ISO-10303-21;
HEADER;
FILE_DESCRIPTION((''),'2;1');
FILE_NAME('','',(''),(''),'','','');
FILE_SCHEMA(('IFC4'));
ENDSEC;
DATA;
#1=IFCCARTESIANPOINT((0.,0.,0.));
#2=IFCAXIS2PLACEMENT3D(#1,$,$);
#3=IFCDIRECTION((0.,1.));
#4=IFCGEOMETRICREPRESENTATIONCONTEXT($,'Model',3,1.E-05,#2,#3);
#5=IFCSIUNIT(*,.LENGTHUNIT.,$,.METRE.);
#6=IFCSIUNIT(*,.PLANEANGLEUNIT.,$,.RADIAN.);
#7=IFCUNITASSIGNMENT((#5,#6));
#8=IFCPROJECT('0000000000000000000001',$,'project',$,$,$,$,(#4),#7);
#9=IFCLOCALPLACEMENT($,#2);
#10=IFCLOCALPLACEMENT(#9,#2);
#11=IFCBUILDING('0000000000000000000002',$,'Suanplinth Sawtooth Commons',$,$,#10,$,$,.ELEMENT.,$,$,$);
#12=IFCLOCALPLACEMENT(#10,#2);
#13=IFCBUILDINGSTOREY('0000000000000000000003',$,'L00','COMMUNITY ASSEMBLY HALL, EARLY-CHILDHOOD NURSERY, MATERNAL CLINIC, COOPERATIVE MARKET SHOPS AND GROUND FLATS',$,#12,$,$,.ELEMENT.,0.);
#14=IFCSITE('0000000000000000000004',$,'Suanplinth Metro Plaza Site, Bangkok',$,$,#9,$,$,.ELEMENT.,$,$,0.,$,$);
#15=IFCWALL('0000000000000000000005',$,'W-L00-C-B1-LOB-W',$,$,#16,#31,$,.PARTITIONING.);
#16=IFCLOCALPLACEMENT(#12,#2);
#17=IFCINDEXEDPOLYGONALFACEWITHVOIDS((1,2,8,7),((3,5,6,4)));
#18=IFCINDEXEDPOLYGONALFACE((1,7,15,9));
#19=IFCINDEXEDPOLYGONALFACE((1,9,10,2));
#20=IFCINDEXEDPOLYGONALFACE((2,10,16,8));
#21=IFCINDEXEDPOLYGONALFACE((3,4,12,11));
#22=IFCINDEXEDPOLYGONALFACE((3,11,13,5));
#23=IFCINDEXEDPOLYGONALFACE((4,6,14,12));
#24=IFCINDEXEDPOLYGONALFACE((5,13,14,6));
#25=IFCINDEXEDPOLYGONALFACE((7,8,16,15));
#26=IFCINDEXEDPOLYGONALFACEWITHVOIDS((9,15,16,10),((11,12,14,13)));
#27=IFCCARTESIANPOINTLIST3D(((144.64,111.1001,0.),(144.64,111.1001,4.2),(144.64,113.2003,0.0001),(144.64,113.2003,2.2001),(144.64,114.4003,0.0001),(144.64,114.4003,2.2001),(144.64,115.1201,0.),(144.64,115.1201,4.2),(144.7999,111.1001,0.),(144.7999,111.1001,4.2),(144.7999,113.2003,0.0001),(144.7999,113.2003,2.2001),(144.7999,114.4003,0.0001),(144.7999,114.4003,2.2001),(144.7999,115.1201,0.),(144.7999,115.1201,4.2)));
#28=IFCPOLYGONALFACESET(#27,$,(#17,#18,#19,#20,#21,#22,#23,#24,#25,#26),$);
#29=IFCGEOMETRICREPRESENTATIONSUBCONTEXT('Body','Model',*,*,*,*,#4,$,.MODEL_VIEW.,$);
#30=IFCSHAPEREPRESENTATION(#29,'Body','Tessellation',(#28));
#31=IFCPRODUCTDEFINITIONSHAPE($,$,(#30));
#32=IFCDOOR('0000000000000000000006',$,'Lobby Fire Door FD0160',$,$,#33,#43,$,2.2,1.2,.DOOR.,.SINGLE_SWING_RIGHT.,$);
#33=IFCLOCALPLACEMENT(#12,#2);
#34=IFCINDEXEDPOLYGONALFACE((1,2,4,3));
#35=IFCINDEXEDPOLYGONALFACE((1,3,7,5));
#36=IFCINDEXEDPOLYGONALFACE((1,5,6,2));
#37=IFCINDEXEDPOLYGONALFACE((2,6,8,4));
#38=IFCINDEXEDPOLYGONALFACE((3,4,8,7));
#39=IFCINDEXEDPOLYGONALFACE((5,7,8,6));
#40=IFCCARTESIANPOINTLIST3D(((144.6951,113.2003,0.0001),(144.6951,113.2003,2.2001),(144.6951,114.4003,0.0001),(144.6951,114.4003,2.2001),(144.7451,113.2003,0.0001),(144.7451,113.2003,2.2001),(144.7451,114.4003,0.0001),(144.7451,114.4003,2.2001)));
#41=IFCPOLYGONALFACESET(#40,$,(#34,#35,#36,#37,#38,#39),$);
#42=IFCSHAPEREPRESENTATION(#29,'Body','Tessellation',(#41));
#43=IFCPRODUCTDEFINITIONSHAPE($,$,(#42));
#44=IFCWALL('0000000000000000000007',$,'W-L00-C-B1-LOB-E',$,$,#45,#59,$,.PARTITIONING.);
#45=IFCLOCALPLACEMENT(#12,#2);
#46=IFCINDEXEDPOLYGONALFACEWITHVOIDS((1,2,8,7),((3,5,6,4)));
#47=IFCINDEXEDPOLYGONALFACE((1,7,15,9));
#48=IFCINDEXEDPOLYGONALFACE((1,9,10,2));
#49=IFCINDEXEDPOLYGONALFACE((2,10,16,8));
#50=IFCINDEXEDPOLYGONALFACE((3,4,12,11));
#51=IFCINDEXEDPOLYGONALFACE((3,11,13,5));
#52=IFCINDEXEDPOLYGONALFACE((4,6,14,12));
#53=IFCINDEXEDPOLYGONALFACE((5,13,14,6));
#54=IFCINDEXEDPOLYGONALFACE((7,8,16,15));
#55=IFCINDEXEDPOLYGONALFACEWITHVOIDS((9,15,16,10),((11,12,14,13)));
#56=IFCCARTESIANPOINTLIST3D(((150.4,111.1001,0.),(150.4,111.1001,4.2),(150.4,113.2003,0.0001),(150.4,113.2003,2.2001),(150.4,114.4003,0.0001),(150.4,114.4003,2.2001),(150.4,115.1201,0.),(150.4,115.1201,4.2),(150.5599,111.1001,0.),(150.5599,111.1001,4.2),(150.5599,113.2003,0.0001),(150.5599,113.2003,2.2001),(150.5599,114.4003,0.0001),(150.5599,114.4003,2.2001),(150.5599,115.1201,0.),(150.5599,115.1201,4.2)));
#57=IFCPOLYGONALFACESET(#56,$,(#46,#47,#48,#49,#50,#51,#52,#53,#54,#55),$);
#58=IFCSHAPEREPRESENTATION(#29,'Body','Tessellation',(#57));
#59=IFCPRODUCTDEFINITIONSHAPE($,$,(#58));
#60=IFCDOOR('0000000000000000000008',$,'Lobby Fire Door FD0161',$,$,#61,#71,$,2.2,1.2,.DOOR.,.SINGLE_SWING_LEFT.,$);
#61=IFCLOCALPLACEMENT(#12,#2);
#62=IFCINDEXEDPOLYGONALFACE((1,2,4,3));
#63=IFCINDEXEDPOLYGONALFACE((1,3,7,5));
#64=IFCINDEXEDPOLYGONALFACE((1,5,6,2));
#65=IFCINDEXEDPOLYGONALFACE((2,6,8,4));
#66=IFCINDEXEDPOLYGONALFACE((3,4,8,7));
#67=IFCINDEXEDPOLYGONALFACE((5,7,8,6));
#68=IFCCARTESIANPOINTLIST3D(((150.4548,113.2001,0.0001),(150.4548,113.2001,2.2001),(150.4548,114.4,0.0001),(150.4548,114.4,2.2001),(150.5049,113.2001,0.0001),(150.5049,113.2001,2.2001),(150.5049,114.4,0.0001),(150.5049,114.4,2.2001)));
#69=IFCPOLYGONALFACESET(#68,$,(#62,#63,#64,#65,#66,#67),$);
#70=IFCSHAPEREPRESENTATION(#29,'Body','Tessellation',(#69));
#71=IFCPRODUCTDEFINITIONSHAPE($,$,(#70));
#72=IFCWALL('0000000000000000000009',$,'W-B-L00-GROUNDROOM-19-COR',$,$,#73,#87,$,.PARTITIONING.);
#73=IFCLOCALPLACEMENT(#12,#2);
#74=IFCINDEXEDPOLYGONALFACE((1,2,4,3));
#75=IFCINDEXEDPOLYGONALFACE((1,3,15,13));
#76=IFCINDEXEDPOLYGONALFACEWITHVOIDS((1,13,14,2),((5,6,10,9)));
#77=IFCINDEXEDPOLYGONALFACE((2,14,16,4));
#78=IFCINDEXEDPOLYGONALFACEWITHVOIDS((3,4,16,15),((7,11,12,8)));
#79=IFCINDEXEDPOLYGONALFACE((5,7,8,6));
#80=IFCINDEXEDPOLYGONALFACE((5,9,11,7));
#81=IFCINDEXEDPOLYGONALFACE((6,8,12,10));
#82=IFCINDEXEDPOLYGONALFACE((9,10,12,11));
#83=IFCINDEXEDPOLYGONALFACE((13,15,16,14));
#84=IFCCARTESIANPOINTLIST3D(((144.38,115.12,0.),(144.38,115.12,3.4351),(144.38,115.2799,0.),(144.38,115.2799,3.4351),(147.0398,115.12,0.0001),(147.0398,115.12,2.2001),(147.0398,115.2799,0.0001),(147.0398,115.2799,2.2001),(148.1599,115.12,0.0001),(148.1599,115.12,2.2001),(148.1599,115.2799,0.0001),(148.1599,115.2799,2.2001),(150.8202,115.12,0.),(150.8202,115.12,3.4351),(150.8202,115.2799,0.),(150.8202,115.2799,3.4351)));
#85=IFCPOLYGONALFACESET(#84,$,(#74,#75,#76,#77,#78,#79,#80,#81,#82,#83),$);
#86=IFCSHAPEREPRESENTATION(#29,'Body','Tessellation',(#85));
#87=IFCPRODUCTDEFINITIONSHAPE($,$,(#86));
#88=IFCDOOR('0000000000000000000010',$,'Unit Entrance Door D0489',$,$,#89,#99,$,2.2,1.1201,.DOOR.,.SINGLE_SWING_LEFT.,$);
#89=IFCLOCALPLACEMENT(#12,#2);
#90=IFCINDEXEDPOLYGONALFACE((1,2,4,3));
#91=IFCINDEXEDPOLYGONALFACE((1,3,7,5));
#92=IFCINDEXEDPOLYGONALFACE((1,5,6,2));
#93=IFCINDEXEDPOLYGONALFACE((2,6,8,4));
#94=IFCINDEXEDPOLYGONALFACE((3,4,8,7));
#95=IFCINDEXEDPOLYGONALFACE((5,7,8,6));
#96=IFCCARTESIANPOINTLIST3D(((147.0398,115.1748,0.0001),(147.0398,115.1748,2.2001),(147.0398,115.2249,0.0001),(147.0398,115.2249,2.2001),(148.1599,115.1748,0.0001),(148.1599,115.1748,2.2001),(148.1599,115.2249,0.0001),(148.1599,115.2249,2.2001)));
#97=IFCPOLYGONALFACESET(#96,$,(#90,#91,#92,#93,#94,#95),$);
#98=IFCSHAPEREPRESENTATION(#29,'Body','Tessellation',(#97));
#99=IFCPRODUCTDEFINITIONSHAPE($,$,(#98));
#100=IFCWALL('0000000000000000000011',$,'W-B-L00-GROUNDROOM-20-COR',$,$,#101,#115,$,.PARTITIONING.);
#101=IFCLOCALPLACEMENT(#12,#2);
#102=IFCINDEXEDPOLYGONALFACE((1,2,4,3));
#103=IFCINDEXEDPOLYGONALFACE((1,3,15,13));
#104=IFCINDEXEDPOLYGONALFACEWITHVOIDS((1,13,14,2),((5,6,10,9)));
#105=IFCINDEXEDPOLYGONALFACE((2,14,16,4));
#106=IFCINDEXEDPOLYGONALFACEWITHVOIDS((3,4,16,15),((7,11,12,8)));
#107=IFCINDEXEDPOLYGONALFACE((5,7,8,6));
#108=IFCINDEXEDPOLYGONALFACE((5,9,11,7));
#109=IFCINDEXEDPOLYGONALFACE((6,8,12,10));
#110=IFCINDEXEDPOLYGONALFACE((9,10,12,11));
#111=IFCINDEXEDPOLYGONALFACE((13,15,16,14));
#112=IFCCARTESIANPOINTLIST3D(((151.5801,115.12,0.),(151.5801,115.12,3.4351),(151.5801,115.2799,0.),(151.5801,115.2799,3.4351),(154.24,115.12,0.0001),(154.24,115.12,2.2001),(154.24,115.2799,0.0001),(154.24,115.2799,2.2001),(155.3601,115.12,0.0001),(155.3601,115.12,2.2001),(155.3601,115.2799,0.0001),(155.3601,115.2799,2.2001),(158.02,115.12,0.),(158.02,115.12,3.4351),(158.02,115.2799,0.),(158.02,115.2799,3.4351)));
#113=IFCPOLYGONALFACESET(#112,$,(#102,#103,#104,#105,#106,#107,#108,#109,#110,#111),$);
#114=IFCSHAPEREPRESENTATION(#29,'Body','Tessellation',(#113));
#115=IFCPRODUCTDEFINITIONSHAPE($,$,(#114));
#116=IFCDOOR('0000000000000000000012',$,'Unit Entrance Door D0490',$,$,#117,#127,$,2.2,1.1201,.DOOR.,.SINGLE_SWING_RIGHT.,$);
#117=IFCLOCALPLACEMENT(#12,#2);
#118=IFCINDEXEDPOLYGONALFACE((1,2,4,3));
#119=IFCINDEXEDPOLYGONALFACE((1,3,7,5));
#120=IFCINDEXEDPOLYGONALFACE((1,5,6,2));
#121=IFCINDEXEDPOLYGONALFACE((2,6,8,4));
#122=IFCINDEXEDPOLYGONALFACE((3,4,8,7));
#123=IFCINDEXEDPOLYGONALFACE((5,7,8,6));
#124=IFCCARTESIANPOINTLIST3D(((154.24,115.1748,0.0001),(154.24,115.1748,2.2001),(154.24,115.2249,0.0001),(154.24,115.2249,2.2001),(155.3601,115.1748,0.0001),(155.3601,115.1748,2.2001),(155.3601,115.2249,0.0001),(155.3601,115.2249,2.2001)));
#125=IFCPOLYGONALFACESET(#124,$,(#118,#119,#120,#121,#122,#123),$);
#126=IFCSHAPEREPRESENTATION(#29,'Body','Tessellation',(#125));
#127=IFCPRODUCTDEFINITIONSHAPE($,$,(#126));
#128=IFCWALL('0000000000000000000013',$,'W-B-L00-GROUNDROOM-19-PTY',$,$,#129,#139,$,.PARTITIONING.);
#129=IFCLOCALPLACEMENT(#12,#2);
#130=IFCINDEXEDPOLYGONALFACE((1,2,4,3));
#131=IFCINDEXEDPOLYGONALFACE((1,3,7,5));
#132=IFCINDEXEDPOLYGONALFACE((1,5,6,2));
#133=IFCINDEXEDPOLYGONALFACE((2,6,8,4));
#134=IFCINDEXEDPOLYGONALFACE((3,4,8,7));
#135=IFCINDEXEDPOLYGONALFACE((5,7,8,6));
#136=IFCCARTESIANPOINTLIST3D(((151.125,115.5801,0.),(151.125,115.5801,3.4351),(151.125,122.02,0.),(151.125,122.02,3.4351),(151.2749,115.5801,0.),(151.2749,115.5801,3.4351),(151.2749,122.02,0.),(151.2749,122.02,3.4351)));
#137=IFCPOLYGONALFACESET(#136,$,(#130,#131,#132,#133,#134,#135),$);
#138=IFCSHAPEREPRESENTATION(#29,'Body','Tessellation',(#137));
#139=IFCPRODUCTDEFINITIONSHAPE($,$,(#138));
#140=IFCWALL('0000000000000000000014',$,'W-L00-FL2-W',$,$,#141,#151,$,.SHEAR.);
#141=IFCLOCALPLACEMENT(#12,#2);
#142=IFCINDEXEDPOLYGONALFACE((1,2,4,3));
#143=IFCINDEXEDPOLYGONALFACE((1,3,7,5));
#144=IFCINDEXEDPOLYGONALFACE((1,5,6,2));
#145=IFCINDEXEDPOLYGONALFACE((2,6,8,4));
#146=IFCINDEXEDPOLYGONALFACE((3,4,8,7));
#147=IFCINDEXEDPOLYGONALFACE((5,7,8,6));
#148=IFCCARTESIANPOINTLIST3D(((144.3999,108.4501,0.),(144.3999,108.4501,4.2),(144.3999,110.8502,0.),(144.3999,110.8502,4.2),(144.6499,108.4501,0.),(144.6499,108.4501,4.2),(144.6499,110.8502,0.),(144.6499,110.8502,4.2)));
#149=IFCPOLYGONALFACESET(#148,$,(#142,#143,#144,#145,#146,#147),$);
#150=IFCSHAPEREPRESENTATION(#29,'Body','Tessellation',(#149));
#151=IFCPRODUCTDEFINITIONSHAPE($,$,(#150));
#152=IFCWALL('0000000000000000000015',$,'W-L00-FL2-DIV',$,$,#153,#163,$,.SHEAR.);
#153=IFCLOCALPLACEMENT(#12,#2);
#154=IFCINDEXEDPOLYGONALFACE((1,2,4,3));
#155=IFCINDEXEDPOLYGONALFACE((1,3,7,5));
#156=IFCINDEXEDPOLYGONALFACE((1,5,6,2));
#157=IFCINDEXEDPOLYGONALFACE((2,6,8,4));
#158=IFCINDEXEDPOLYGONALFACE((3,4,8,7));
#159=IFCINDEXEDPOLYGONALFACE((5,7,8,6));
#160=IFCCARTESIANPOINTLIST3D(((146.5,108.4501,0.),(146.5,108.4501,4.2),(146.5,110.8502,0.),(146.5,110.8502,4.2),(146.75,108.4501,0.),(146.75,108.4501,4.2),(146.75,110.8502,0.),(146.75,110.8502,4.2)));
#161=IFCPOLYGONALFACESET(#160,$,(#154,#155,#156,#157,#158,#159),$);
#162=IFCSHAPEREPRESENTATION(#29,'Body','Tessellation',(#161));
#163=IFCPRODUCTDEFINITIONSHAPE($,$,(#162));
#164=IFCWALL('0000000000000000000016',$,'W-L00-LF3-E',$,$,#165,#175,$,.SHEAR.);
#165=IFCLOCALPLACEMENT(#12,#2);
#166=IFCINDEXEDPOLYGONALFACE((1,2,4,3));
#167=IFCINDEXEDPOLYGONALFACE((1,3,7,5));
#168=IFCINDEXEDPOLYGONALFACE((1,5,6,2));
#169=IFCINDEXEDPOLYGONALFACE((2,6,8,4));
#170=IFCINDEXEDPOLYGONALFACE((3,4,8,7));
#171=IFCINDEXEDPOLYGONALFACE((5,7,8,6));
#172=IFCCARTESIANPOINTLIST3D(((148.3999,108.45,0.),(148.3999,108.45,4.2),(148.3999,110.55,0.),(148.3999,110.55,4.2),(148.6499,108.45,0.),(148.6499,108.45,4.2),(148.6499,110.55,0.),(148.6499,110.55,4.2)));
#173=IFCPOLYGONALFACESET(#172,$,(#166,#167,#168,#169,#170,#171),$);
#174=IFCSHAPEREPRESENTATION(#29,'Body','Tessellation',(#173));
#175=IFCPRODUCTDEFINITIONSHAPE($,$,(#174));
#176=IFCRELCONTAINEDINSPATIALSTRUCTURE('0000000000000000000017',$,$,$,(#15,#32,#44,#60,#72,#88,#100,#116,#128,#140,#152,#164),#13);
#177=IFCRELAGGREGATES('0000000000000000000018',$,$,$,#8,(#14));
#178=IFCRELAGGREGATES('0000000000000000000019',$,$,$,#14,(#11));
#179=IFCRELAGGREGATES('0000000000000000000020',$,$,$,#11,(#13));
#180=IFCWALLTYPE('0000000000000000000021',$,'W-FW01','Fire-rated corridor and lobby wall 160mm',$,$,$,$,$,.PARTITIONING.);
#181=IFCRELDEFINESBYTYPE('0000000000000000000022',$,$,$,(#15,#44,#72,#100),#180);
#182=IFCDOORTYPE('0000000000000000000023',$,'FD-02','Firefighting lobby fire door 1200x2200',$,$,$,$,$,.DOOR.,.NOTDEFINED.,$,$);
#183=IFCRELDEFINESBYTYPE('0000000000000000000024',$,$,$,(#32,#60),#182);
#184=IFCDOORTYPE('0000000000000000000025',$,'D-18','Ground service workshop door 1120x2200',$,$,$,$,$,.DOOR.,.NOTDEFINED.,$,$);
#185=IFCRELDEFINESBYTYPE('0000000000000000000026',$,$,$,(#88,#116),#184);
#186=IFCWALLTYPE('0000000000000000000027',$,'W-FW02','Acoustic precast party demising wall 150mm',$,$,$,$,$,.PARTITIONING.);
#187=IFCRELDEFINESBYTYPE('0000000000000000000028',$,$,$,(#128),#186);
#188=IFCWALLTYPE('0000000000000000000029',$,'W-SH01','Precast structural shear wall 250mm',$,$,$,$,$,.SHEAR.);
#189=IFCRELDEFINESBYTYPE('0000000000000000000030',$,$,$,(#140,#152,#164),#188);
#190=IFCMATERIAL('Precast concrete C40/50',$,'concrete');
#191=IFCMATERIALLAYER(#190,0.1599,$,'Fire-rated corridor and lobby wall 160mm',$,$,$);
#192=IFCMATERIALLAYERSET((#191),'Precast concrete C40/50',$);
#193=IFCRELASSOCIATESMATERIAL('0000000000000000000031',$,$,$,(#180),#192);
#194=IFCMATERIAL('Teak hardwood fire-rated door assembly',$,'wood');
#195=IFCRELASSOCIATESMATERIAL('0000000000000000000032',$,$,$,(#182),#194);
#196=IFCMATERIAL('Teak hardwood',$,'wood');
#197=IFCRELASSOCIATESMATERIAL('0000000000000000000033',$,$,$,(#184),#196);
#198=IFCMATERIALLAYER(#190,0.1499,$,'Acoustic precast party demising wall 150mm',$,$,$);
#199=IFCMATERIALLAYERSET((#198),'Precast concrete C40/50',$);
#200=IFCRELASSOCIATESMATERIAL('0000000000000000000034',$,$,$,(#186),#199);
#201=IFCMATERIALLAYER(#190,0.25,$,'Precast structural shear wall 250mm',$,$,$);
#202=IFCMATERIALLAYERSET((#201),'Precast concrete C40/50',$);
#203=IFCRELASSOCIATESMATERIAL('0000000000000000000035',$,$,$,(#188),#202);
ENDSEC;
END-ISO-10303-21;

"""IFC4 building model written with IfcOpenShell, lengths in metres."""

from ifc_helpers import new_model, si_unit, direction, frame, frame_2d, origin, place, context, subcontext, project, spatial, rectangle, extrude, material, layer, layer_set, type_object, element, fill, save


model = new_model("IFC4")

# Units and contexts
model_context = context("Model", 3, precision=1e-05, world=origin(), true_north=direction((0.0, 1.0)))
body_context = subcontext(model_context, "Body", "Model", "MODEL_VIEW")
ifc_project = project(units=[si_unit("LENGTHUNIT", "METRE"), si_unit("PLANEANGLEUNIT", "RADIAN")], contexts=[model_context])

# Site, building, storey
site_placement = place(None, origin())
site = spatial("IfcSite", under=ifc_project, at=site_placement, Name="Suanplinth Metro Plaza Site, Bangkok", CompositionType="ELEMENT", RefElevation=0.0)
building_placement = place(site_placement, origin())
building = spatial("IfcBuilding", under=site, at=building_placement, Name="Suanplinth Sawtooth Commons", CompositionType="ELEMENT")
storey_placement = place(building_placement, origin())
storey = spatial("IfcBuildingStorey", under=building, at=storey_placement, Name="L00", Description="COMMUNITY ASSEMBLY HALL, EARLY-CHILDHOOD NURSERY, MATERNAL CLINIC, COOPERATIVE MARKET SHOPS AND GROUND FLATS", CompositionType="ELEMENT", Elevation=0.0)

# Shared definitions
ifc_material_1 = material(Name="Precast concrete C40/50", Category="concrete")

# Walls, openings, doors
ifc_layer_1 = layer(ifc_material_1, 0.1599, Name="Fire-rated corridor and lobby wall 160mm")
ifc_layer_set_1 = layer_set([ifc_layer_1], Name="Precast concrete C40/50")
wall_type_1 = type_object("IfcWallType", Name="W-FW01", Description="Fire-rated corridor and lobby wall 160mm", PredefinedType="PARTITIONING", material=ifc_layer_set_1)
wall_1_placement = place(storey_placement, frame((144.72, 111.1001, 0.0), z_axis=(0.0, 0.0, 1.0), x_axis=(0.0, 1.0, 0.0)))
wall_1 = element("IfcWall", 1, at=wall_1_placement, inside=storey, type_object=wall_type_1, Name="W-L00-C-B1-LOB-W", PredefinedType="PARTITIONING", context=body_context, shape_type="SweptSolid", body=[
    extrude(rectangle(XDim=4.02, YDim=0.1599, at=frame_2d((2.01, 0.0))), origin(), (0.0, 0.0, 1.0), 4.2),
])
opening_1_placement = place(wall_1_placement, frame((2.1001, 0.0, 0.0)))
opening_1 = element("IfcOpeningElement", 2, at=opening_1_placement, cuts=wall_1, PredefinedType="OPENING", context=body_context, shape_type="SweptSolid", body=[
    extrude(rectangle(XDim=1.2, YDim=2.2, at=frame_2d((0.6001, 1.1001))), frame((0.0, 0.0947, 0.0), z_axis=(0.0, -1.0, 0.0), x_axis=(1.0, 0.0, 0.0)), (0.0, 0.0, 1.0), 0.1897),
])
ifc_material_2 = material(Name="Teak hardwood fire-rated door assembly", Category="wood")
door_type_1 = type_object("IfcDoorType", Name="FD-02", Description="Firefighting lobby fire door 1200x2200", OperationType="NOTDEFINED", PredefinedType="DOOR", material=ifc_material_2)
door_1_placement = place(opening_1_placement, origin())
door_1 = element("IfcDoor", 3, at=door_1_placement, inside=storey, type_object=door_type_1, Name="Lobby Fire Door FD0160", OperationType="SINGLE_SWING_RIGHT", OverallHeight=2.2, OverallWidth=1.2, PredefinedType="DOOR", context=body_context, shape_type="SweptSolid", body=[
    extrude(rectangle(XDim=1.2, YDim=2.2, at=frame_2d((0.6001, 1.1001))), frame((0.0, 0.0249, 0.0), z_axis=(0.0, -1.0, 0.0), x_axis=(1.0, 0.0, 0.0)), (0.0, 0.0, 1.0), 0.05),
])
fill(opening_1, door_1)
wall_2_placement = place(storey_placement, frame((150.48, 111.1001, 0.0), z_axis=(0.0, 0.0, 1.0), x_axis=(0.0, 1.0, 0.0)))
wall_2 = element("IfcWall", 4, at=wall_2_placement, inside=storey, type_object=wall_type_1, Name="W-L00-C-B1-LOB-E", PredefinedType="PARTITIONING", context=body_context, shape_type="SweptSolid", body=[
    extrude(rectangle(XDim=4.02, YDim=0.1599, at=frame_2d((2.01, 0.0))), origin(), (0.0, 0.0, 1.0), 4.2),
])
opening_2_placement = place(wall_2_placement, frame((2.1001, 0.0, 0.0)))
opening_2 = element("IfcOpeningElement", 5, at=opening_2_placement, cuts=wall_2, PredefinedType="OPENING", context=body_context, shape_type="SweptSolid", body=[
    extrude(rectangle(XDim=1.2, YDim=2.2, at=frame_2d((0.6001, 1.1001))), frame((0.0, 0.0947, 0.0), z_axis=(0.0, -1.0, 0.0), x_axis=(1.0, 0.0, 0.0)), (0.0, 0.0, 1.0), 0.1897),
])
door_2_placement = place(opening_2_placement, frame((1.2, 0.0, 0.0), z_axis=(0.0, 0.0, 1.0), x_axis=(-1.0, 0.0, 0.0)))
door_2 = element("IfcDoor", 6, at=door_2_placement, inside=storey, type_object=door_type_1, Name="Lobby Fire Door FD0161", OperationType="SINGLE_SWING_LEFT", OverallHeight=2.2, OverallWidth=1.2, PredefinedType="DOOR", context=body_context, shape_type="SweptSolid", body=[
    extrude(rectangle(XDim=1.2, YDim=2.2, at=frame_2d((0.6001, 1.1001))), frame((0.0, 0.0249, 0.0), z_axis=(0.0, -1.0, 0.0), x_axis=(1.0, 0.0, 0.0)), (0.0, 0.0, 1.0), 0.05),
])
fill(opening_2, door_2)
wall_3_placement = place(storey_placement, frame((144.3799, 115.2, 0.0), z_axis=(0.0, 0.0, 1.0), x_axis=(1.0, 0.0, 0.0)))
wall_3 = element("IfcWall", 7, at=wall_3_placement, inside=storey, type_object=wall_type_1, Name="W-B-L00-GROUNDROOM-19-COR", PredefinedType="PARTITIONING", context=body_context, shape_type="SweptSolid", body=[
    extrude(rectangle(XDim=6.4402, YDim=0.1599, at=frame_2d((3.2202, 0.0))), origin(), (0.0, 0.0, 1.0), 3.4351),
])
opening_3_placement = place(wall_3_placement, frame((2.6599, 0.0, 0.0)))
opening_3 = element("IfcOpeningElement", 8, at=opening_3_placement, cuts=wall_3, PredefinedType="OPENING", context=body_context, shape_type="SweptSolid", body=[
    extrude(rectangle(XDim=1.1201, YDim=2.2, at=frame_2d((0.5601, 1.1001))), frame((0.0, 0.0947, 0.0), z_axis=(0.0, -1.0, 0.0), x_axis=(1.0, 0.0, 0.0)), (0.0, 0.0, 1.0), 0.1897),
])
ifc_material_3 = material(Name="Teak hardwood", Category="wood")
door_type_2 = type_object("IfcDoorType", Name="D-18", Description="Ground service workshop door 1120x2200", OperationType="NOTDEFINED", PredefinedType="DOOR", material=ifc_material_3)
door_3_placement = place(opening_3_placement, origin())
door_3 = element("IfcDoor", 9, at=door_3_placement, inside=storey, type_object=door_type_2, Name="Unit Entrance Door D0489", OperationType="SINGLE_SWING_LEFT", OverallHeight=2.2, OverallWidth=1.1201, PredefinedType="DOOR", context=body_context, shape_type="SweptSolid", body=[
    extrude(rectangle(XDim=1.1201, YDim=2.2, at=frame_2d((0.5601, 1.1001))), frame((0.0, 0.0249, 0.0), z_axis=(0.0, -1.0, 0.0), x_axis=(1.0, 0.0, 0.0)), (0.0, 0.0, 1.0), 0.05),
])
fill(opening_3, door_3)
wall_4_placement = place(storey_placement, frame((151.5801, 115.2, 0.0), z_axis=(0.0, 0.0, 1.0), x_axis=(1.0, 0.0, 0.0)))
wall_4 = element("IfcWall", 10, at=wall_4_placement, inside=storey, type_object=wall_type_1, Name="W-B-L00-GROUNDROOM-20-COR", PredefinedType="PARTITIONING", context=body_context, shape_type="SweptSolid", body=[
    extrude(rectangle(XDim=6.4399, YDim=0.1599, at=frame_2d((3.22, 0.0))), origin(), (0.0, 0.0, 1.0), 3.4351),
])
opening_4_placement = place(wall_4_placement, frame((2.6599, 0.0, 0.0)))
opening_4 = element("IfcOpeningElement", 11, at=opening_4_placement, cuts=wall_4, PredefinedType="OPENING", context=body_context, shape_type="SweptSolid", body=[
    extrude(rectangle(XDim=1.1201, YDim=2.2, at=frame_2d((0.5601, 1.1001))), frame((0.0, 0.0947, 0.0), z_axis=(0.0, -1.0, 0.0), x_axis=(1.0, 0.0, 0.0)), (0.0, 0.0, 1.0), 0.1897),
])
door_4_placement = place(opening_4_placement, origin())
door_4 = element("IfcDoor", 12, at=door_4_placement, inside=storey, type_object=door_type_2, Name="Unit Entrance Door D0490", OperationType="SINGLE_SWING_RIGHT", OverallHeight=2.2, OverallWidth=1.1201, PredefinedType="DOOR", context=body_context, shape_type="SweptSolid", body=[
    extrude(rectangle(XDim=1.1201, YDim=2.2, at=frame_2d((0.5601, 1.1001))), frame((0.0, 0.0249, 0.0), z_axis=(0.0, -1.0, 0.0), x_axis=(1.0, 0.0, 0.0)), (0.0, 0.0, 1.0), 0.05),
])
fill(opening_4, door_4)

# Walls
ifc_layer_2 = layer(ifc_material_1, 0.1499, Name="Acoustic precast party demising wall 150mm")
ifc_layer_set_2 = layer_set([ifc_layer_2], Name="Precast concrete C40/50")
wall_type_2 = type_object("IfcWallType", Name="W-FW02", Description="Acoustic precast party demising wall 150mm", PredefinedType="PARTITIONING", material=ifc_layer_set_2)
wall_5_placement = place(storey_placement, frame((151.2, 115.5801, 0.0), z_axis=(0.0, 0.0, 1.0), x_axis=(0.0, 1.0, 0.0)))
element("IfcWall", 13, at=wall_5_placement, inside=storey, type_object=wall_type_2, Name="W-B-L00-GROUNDROOM-19-PTY", PredefinedType="PARTITIONING", context=body_context, shape_type="SweptSolid", body=[
    extrude(rectangle(XDim=6.4399, YDim=0.1499, at=frame_2d((3.22, 0.0))), origin(), (0.0, 0.0, 1.0), 3.4351),
])
ifc_layer_3 = layer(ifc_material_1, 0.25, Name="Precast structural shear wall 250mm")
ifc_layer_set_3 = layer_set([ifc_layer_3], Name="Precast concrete C40/50")
wall_type_3 = type_object("IfcWallType", Name="W-SH01", Description="Precast structural shear wall 250mm", PredefinedType="SHEAR", material=ifc_layer_set_3)
for number, where, z_axis, x_axis, name in (
    (14, (144.5249, 108.45, 0.0), (0.0, 0.0, 1.0), (0.0, 1.0, 0.0), "W-L00-FL2-W"),
    (15, (146.625, 108.45, 0.0), (0.0, 0.0, 1.0), (0.0, 1.0, 0.0), "W-L00-FL2-DIV"),
):
    element("IfcWall", number, at=place(storey_placement, frame(where, z_axis=z_axis, x_axis=x_axis)), inside=storey, type_object=wall_type_3, Name=name, PredefinedType="SHEAR", context=body_context, shape_type="SweptSolid", body=[
        extrude(rectangle(XDim=2.4001, YDim=0.25, at=frame_2d((1.2002, 0.0))), origin(), (0.0, 0.0, 1.0), 4.2),
    ])

# Wall
wall_6_placement = place(storey_placement, frame((148.5249, 108.45, 0.0), z_axis=(0.0, 0.0, 1.0), x_axis=(0.0, 1.0, 0.0)))
element("IfcWall", 16, at=wall_6_placement, inside=storey, type_object=wall_type_3, Name="W-L00-LF3-E", PredefinedType="SHEAR", context=body_context, shape_type="SweptSolid", body=[
    extrude(rectangle(XDim=2.1001, YDim=0.25, at=frame_2d((1.05, 0.0))), origin(), (0.0, 0.0, 1.0), 4.2),
])

save(model, "model.ifc")
